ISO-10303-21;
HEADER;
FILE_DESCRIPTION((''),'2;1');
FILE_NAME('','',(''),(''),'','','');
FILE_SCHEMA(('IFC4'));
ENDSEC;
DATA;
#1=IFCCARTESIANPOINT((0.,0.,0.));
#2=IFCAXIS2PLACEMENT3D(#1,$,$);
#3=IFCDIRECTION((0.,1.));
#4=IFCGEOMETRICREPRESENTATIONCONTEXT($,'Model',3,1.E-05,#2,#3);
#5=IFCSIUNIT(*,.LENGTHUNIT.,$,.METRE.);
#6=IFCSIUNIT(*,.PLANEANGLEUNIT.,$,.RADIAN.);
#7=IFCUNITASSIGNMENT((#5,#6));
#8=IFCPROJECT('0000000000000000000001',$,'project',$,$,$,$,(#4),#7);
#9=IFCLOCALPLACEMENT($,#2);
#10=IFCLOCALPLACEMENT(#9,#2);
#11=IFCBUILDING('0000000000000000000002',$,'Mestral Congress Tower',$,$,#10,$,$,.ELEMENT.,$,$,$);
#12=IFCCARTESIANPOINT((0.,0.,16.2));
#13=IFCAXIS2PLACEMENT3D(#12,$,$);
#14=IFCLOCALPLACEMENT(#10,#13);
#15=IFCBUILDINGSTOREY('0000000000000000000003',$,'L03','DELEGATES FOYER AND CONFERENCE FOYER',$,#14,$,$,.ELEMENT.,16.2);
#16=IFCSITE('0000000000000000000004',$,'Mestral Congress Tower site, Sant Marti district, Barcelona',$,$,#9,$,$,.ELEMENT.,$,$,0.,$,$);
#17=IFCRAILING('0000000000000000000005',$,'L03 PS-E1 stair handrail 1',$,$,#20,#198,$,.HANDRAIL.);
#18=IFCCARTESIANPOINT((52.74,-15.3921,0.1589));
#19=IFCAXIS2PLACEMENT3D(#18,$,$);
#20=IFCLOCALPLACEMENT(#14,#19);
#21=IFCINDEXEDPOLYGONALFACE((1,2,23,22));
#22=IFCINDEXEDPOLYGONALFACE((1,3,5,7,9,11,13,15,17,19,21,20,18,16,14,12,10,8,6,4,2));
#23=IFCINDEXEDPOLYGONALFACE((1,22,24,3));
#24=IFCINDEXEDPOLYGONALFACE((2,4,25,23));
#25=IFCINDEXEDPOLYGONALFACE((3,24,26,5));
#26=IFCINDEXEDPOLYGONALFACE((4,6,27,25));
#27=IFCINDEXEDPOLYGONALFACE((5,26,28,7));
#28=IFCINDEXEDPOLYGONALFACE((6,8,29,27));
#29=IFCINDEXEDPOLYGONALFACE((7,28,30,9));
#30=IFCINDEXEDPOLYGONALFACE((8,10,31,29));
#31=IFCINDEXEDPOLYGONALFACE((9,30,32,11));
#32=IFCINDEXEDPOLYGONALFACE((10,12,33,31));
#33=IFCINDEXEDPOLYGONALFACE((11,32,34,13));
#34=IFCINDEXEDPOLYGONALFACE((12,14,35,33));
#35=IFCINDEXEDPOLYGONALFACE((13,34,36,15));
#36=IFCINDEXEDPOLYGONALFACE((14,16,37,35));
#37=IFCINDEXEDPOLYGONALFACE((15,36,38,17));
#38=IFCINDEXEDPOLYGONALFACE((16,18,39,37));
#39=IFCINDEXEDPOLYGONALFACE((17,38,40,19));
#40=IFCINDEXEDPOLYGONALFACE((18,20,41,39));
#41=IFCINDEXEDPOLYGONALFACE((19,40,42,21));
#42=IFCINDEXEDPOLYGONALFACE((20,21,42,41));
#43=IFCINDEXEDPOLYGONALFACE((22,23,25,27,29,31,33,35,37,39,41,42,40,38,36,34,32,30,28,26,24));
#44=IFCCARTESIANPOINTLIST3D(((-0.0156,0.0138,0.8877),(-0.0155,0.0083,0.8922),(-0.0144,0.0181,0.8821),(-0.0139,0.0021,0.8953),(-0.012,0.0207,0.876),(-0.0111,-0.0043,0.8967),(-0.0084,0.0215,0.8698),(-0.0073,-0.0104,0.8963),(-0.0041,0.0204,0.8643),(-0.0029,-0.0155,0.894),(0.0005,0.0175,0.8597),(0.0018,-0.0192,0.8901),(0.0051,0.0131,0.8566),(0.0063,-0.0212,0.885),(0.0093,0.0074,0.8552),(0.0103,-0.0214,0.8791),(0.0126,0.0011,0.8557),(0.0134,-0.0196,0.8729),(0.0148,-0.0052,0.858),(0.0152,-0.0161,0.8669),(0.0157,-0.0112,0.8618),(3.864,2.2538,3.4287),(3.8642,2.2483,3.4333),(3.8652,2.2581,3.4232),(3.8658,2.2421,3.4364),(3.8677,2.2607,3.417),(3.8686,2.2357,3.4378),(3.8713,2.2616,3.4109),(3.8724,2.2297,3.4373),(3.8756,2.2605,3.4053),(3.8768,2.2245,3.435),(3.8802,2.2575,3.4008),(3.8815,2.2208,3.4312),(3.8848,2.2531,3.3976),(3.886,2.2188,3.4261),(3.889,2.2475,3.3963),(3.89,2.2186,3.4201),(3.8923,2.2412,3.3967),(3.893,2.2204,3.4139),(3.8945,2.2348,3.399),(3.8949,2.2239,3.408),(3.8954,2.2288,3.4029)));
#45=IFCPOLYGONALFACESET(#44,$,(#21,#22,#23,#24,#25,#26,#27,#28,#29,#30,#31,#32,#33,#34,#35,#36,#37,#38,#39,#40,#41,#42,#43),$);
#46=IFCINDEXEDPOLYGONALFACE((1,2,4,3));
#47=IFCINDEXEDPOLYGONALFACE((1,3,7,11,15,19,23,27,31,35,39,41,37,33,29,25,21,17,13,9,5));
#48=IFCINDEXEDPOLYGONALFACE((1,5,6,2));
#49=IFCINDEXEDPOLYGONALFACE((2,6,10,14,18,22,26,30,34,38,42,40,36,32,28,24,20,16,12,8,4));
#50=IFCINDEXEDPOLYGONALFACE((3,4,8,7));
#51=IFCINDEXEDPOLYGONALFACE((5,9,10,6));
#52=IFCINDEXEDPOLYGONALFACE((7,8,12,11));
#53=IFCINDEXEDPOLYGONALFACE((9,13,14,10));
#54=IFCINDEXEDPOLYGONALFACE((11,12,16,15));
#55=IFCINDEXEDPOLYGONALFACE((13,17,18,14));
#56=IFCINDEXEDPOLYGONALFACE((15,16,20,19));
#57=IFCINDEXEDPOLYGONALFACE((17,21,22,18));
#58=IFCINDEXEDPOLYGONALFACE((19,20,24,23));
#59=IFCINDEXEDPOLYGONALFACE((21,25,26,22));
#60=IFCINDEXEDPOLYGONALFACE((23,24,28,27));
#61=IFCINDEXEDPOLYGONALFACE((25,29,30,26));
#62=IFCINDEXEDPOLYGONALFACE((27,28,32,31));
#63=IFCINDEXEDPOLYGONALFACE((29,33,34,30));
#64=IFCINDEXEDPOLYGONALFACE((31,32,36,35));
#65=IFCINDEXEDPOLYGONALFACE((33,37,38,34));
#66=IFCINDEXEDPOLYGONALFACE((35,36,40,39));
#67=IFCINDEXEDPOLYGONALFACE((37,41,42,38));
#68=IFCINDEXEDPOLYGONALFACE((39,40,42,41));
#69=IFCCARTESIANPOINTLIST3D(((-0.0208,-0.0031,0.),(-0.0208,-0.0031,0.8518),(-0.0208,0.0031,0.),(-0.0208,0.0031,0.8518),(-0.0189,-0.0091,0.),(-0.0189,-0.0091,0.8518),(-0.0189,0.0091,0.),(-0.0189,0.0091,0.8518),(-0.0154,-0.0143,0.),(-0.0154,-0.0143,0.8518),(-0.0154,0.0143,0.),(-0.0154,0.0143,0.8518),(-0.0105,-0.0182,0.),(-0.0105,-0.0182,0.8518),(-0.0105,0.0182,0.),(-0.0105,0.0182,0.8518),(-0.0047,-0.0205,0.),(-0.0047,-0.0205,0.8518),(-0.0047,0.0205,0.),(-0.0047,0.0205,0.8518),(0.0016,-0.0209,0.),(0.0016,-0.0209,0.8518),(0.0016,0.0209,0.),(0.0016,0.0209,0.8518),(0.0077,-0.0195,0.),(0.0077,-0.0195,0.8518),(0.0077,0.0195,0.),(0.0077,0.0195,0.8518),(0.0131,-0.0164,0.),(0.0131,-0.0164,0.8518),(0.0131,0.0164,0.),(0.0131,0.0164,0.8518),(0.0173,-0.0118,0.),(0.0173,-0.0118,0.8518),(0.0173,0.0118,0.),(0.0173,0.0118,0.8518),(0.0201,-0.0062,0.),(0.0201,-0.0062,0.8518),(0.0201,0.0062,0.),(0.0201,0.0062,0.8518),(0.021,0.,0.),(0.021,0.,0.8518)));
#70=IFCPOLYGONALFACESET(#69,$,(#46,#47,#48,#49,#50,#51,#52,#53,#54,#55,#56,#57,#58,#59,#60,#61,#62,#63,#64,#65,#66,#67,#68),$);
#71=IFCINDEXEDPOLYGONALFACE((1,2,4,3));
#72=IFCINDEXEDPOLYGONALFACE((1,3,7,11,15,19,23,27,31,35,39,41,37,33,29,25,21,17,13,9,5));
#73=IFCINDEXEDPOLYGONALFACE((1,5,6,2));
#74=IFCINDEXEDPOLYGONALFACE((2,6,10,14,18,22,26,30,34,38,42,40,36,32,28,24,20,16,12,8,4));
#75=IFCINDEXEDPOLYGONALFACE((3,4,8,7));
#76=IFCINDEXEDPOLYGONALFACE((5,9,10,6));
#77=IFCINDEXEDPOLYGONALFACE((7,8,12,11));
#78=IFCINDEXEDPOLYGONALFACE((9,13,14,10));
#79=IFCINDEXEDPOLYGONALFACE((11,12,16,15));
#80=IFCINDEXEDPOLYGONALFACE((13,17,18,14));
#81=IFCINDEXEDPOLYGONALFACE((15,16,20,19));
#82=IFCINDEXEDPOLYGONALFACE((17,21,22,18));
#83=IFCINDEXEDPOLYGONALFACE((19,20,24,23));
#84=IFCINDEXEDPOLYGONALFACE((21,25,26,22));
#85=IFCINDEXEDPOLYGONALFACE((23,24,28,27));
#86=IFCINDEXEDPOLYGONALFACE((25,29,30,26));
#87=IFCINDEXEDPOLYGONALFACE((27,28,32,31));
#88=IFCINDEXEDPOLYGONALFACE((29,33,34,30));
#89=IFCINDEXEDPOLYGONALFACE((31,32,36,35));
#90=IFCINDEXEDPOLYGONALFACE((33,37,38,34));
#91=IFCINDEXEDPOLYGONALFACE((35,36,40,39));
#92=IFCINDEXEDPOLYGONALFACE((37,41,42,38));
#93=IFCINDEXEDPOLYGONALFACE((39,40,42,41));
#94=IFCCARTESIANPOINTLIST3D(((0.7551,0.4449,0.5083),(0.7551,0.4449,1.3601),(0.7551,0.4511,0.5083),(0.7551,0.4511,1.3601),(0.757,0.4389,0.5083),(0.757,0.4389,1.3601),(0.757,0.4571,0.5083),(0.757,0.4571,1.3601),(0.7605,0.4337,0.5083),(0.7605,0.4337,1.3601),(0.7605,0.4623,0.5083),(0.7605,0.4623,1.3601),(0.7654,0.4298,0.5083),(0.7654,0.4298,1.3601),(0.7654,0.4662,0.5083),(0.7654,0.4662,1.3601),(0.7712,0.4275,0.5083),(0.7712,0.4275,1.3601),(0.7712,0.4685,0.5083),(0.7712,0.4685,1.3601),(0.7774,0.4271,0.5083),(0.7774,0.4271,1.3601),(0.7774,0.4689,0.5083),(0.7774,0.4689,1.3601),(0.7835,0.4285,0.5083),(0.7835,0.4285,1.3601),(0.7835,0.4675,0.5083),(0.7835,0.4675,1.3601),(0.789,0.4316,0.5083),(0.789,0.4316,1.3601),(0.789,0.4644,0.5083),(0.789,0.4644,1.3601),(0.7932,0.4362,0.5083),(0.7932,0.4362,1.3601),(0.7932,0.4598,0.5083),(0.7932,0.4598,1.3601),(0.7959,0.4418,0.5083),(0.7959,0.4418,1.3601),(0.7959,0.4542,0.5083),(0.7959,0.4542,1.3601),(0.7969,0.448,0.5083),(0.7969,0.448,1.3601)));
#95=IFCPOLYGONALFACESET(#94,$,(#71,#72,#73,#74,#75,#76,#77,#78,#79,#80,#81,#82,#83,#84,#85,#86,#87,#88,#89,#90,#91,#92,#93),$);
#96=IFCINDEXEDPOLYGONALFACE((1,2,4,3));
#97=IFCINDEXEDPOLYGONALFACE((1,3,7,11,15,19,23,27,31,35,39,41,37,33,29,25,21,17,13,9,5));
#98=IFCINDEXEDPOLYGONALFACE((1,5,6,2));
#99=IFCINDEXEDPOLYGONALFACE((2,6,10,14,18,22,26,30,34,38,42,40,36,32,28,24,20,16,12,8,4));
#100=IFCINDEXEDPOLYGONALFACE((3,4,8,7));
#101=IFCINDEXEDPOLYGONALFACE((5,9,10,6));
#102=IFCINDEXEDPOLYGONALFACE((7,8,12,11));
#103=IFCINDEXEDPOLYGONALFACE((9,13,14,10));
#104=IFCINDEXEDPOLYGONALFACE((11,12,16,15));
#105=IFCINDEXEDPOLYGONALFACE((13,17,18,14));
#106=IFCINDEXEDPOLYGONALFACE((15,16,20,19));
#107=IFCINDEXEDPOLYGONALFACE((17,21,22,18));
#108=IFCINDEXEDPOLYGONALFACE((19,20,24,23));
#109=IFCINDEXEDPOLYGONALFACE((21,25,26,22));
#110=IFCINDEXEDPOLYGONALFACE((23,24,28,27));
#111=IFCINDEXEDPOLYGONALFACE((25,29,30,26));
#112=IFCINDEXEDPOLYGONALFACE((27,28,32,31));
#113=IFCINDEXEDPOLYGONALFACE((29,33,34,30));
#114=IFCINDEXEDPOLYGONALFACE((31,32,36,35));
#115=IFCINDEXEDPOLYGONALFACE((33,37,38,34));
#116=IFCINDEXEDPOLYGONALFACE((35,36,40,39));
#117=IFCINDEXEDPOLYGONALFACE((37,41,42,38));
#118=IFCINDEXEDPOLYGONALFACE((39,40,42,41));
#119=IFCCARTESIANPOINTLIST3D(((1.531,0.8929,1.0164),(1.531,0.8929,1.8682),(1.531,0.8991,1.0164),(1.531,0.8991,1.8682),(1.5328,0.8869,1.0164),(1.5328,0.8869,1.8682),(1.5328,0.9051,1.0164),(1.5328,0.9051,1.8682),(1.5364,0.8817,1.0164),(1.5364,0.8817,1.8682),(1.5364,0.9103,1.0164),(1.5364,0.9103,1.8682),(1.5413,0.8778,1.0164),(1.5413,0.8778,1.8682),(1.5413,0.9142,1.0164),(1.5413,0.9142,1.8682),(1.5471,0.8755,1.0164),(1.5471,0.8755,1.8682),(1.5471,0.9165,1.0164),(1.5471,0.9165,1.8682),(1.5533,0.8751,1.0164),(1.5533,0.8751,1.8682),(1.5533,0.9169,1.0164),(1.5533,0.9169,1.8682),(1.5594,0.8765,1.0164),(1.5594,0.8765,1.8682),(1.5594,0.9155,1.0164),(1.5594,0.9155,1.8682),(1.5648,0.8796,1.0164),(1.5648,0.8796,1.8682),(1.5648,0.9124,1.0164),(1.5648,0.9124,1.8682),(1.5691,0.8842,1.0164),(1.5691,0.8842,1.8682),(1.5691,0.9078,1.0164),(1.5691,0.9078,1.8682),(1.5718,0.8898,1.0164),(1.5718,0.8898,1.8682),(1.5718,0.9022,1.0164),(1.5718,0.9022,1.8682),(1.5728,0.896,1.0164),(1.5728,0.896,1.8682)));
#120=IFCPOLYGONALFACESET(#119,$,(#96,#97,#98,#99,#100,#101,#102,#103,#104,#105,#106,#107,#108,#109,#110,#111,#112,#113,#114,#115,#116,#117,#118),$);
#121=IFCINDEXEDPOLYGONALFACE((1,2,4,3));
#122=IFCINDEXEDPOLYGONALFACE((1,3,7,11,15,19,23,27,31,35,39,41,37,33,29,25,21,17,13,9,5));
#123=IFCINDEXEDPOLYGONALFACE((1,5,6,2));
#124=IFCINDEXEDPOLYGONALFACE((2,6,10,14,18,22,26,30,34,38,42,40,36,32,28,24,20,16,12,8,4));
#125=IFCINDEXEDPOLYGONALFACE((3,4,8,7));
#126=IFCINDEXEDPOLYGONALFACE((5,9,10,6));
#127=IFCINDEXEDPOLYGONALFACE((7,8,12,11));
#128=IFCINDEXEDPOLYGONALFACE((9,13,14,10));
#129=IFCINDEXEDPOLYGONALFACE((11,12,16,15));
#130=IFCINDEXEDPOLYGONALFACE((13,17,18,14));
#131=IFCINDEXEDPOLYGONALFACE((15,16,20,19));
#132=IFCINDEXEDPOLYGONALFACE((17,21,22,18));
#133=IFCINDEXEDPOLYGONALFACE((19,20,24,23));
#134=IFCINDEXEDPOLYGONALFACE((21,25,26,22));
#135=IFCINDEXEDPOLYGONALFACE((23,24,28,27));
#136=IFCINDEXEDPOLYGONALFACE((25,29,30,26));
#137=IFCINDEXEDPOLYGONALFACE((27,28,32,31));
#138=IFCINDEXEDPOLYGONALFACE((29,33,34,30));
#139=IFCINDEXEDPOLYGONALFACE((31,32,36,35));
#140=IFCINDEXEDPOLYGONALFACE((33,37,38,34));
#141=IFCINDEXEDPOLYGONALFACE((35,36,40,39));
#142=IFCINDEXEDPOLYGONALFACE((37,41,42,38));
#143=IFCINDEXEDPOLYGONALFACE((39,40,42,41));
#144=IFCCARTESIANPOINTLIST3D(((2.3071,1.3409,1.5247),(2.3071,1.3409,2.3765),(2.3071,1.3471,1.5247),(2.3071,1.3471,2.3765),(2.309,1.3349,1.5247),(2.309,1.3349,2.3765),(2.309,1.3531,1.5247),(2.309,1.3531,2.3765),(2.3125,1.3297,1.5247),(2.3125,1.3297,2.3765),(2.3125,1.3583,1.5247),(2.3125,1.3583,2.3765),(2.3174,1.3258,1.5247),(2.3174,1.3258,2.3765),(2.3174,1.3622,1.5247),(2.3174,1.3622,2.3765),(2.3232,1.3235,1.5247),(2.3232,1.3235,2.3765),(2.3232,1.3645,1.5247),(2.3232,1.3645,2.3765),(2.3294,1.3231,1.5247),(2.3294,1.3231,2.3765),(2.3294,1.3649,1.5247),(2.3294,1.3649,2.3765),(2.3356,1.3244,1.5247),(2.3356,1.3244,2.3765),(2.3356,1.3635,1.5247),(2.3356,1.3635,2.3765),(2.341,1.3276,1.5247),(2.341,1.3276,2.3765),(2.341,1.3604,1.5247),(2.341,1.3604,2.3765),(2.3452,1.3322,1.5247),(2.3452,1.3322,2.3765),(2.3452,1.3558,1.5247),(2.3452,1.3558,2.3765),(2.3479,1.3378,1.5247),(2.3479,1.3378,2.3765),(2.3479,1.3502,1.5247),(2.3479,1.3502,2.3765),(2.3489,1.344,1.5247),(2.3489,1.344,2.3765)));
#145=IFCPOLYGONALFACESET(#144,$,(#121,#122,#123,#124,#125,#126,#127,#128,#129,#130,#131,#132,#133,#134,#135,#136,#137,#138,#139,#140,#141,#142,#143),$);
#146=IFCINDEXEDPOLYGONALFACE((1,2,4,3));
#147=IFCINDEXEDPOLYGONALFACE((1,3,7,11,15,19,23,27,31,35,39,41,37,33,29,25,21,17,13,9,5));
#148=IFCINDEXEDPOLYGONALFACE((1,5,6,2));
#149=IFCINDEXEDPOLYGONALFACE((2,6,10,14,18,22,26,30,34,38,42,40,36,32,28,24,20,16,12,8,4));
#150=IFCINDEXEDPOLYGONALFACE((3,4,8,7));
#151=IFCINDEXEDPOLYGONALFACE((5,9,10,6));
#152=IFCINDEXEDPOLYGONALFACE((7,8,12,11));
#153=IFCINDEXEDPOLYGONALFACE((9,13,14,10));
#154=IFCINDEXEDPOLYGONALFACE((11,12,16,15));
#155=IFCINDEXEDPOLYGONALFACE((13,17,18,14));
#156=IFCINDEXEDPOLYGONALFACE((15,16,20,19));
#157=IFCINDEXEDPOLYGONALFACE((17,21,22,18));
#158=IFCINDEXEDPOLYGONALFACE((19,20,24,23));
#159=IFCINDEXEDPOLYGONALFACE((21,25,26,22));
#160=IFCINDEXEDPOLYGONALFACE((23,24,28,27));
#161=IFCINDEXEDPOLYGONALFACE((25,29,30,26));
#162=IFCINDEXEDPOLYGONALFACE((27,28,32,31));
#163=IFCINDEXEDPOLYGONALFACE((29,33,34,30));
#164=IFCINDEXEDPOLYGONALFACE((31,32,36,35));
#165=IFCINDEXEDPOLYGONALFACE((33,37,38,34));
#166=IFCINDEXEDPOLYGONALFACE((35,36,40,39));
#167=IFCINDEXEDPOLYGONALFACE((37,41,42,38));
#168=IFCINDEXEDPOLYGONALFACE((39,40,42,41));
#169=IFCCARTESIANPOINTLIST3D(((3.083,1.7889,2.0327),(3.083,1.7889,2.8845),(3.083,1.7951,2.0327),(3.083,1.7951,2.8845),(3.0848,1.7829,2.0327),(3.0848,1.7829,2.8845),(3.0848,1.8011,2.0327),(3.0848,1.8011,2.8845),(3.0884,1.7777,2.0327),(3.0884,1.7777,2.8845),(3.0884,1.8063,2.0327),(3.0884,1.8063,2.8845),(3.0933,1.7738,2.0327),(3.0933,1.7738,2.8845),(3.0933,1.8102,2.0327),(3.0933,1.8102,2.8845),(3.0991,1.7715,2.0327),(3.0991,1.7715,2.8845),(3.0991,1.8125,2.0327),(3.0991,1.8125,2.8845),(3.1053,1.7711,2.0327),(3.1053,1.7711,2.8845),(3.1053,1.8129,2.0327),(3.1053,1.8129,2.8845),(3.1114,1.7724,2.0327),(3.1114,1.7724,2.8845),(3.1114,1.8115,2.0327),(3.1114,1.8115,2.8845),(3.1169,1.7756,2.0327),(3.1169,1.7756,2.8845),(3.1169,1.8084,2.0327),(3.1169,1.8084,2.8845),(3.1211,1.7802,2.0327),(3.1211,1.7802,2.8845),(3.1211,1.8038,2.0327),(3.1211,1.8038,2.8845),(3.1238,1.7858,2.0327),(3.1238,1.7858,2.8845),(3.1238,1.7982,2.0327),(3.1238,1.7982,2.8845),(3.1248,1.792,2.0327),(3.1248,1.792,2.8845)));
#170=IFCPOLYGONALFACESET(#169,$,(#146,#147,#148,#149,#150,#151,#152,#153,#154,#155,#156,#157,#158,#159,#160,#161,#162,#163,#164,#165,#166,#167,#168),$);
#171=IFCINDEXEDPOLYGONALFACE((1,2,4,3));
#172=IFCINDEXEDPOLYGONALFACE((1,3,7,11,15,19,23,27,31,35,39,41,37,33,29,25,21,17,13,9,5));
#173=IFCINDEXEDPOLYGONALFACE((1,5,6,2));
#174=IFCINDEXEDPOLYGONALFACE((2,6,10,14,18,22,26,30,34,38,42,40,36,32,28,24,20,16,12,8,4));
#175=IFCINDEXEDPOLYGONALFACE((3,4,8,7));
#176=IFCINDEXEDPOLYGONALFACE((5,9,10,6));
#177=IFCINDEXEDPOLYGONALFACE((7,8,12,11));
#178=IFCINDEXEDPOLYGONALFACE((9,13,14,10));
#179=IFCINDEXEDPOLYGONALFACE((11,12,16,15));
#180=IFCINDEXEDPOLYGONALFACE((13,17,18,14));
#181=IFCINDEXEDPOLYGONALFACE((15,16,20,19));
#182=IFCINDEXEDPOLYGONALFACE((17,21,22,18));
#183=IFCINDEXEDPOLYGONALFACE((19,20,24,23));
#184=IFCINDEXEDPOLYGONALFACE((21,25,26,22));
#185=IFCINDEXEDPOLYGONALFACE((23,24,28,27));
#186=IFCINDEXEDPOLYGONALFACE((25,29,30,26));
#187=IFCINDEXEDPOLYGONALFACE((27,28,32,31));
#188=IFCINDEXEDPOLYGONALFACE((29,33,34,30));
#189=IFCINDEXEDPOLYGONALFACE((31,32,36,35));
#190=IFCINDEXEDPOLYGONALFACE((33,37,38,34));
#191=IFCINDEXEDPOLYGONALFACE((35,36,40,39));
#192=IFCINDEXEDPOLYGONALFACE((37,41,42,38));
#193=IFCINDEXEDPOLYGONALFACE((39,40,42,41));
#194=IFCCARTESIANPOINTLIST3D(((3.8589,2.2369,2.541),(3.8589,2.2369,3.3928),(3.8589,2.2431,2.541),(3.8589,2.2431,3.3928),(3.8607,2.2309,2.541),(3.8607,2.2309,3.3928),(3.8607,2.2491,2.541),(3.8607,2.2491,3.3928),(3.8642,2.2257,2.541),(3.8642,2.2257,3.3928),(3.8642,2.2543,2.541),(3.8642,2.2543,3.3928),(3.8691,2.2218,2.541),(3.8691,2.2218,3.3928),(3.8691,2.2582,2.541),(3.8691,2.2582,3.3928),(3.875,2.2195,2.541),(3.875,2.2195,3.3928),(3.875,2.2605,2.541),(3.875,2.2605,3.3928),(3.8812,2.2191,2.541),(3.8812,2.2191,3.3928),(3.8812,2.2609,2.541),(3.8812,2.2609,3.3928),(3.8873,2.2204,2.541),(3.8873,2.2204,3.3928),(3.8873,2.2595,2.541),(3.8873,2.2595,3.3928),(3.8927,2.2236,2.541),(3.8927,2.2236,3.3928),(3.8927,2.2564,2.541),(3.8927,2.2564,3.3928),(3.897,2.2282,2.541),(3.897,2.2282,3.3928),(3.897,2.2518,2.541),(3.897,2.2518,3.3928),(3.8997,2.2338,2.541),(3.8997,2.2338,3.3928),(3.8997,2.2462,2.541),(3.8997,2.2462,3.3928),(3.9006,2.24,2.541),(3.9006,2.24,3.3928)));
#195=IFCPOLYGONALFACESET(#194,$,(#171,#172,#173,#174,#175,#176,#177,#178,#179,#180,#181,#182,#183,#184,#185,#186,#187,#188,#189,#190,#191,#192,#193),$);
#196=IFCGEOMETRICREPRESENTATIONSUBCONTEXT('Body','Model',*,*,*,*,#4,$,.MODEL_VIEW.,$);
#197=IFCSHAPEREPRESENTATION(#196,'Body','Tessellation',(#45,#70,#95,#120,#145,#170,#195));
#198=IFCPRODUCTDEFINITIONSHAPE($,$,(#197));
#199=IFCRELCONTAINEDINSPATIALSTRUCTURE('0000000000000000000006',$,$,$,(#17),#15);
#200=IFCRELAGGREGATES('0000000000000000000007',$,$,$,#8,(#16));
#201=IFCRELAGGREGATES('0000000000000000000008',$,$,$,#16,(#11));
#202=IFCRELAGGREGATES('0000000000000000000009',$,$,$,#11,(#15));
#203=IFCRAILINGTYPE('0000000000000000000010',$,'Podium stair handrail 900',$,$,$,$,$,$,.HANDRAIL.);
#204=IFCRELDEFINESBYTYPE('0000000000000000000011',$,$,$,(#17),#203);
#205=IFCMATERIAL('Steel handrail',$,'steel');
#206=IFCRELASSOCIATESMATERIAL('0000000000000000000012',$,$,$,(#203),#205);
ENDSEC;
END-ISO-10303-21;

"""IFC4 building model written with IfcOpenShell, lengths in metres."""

from ifc_helpers import new_model, si_unit, direction, frame, origin, origin_2d, place, context, subcontext, project, spatial, circle, extrude, material, type_object, element, save


model = new_model("IFC4")

# Units and contexts
model_context = context("Model", 3, precision=1e-05, world=origin(), true_north=direction((0.0, 1.0)))
body_context = subcontext(model_context, "Body", "Model", "MODEL_VIEW")
ifc_project = project(units=[si_unit("LENGTHUNIT", "METRE"), si_unit("PLANEANGLEUNIT", "RADIAN")], contexts=[model_context])

# Site, building, storey
site_placement = place(None, origin())
site = spatial("IfcSite", under=ifc_project, at=site_placement, Name="Mestral Congress Tower site, Sant Marti district, Barcelona", CompositionType="ELEMENT", RefElevation=0.0)
building_placement = place(site_placement, origin())
building = spatial("IfcBuilding", under=site, at=building_placement, Name="Mestral Congress Tower", CompositionType="ELEMENT")
storey_placement = place(building_placement, frame((0.0, 0.0, 16.2)))
storey = spatial("IfcBuildingStorey", under=building, at=storey_placement, Name="L03", Description="DELEGATES FOYER AND CONFERENCE FOYER", CompositionType="ELEMENT", Elevation=16.2)

# Railing
ifc_material_1 = material(Name="Steel handrail", Category="steel")
railing_type_1 = type_object("IfcRailingType", Name="Podium stair handrail 900", PredefinedType="HANDRAIL", material=ifc_material_1)
railing_1_placement = place(storey_placement, frame((52.74, -15.3921, 0.1589)))
element("IfcRailing", 1, at=railing_1_placement, inside=storey, type_object=railing_type_1, Name="L03 PS-E1 stair handrail 1", PredefinedType="HANDRAIL", context=body_context, shape_type="SweptSolid", body=[
    extrude(circle(Radius=0.0239, at=origin_2d()), frame((0.0, 0.0, 0.876), z_axis=(0.753279, 0.434922, 0.493369), x_axis=(-0.500013, 0.866018, 0.0)), (0.0, 0.0, 1.0), 5.1504),
    extrude(circle(Radius=0.021, at=origin_2d()), origin(), (0.0, 0.0, 1.0), 0.8518),
    extrude(circle(Radius=0.021, at=origin_2d()), frame((0.7759, 0.448, 0.5083)), (0.0, 0.0, 1.0), 0.8518),
    extrude(circle(Radius=0.021, at=origin_2d()), frame((1.5518, 0.896, 1.0164)), (0.0, 0.0, 1.0), 0.8518),
    extrude(circle(Radius=0.021, at=origin_2d()), frame((2.3279, 1.344, 1.5247)), (0.0, 0.0, 1.0), 0.8518),
    extrude(circle(Radius=0.021, at=origin_2d()), frame((3.1038, 1.792, 2.0327)), (0.0, 0.0, 1.0), 0.8518),
    extrude(circle(Radius=0.021, at=origin_2d()), frame((3.8796, 2.24, 2.541)), (0.0, 0.0, 1.0), 0.8518),
])

save(model, "model.ifc")
